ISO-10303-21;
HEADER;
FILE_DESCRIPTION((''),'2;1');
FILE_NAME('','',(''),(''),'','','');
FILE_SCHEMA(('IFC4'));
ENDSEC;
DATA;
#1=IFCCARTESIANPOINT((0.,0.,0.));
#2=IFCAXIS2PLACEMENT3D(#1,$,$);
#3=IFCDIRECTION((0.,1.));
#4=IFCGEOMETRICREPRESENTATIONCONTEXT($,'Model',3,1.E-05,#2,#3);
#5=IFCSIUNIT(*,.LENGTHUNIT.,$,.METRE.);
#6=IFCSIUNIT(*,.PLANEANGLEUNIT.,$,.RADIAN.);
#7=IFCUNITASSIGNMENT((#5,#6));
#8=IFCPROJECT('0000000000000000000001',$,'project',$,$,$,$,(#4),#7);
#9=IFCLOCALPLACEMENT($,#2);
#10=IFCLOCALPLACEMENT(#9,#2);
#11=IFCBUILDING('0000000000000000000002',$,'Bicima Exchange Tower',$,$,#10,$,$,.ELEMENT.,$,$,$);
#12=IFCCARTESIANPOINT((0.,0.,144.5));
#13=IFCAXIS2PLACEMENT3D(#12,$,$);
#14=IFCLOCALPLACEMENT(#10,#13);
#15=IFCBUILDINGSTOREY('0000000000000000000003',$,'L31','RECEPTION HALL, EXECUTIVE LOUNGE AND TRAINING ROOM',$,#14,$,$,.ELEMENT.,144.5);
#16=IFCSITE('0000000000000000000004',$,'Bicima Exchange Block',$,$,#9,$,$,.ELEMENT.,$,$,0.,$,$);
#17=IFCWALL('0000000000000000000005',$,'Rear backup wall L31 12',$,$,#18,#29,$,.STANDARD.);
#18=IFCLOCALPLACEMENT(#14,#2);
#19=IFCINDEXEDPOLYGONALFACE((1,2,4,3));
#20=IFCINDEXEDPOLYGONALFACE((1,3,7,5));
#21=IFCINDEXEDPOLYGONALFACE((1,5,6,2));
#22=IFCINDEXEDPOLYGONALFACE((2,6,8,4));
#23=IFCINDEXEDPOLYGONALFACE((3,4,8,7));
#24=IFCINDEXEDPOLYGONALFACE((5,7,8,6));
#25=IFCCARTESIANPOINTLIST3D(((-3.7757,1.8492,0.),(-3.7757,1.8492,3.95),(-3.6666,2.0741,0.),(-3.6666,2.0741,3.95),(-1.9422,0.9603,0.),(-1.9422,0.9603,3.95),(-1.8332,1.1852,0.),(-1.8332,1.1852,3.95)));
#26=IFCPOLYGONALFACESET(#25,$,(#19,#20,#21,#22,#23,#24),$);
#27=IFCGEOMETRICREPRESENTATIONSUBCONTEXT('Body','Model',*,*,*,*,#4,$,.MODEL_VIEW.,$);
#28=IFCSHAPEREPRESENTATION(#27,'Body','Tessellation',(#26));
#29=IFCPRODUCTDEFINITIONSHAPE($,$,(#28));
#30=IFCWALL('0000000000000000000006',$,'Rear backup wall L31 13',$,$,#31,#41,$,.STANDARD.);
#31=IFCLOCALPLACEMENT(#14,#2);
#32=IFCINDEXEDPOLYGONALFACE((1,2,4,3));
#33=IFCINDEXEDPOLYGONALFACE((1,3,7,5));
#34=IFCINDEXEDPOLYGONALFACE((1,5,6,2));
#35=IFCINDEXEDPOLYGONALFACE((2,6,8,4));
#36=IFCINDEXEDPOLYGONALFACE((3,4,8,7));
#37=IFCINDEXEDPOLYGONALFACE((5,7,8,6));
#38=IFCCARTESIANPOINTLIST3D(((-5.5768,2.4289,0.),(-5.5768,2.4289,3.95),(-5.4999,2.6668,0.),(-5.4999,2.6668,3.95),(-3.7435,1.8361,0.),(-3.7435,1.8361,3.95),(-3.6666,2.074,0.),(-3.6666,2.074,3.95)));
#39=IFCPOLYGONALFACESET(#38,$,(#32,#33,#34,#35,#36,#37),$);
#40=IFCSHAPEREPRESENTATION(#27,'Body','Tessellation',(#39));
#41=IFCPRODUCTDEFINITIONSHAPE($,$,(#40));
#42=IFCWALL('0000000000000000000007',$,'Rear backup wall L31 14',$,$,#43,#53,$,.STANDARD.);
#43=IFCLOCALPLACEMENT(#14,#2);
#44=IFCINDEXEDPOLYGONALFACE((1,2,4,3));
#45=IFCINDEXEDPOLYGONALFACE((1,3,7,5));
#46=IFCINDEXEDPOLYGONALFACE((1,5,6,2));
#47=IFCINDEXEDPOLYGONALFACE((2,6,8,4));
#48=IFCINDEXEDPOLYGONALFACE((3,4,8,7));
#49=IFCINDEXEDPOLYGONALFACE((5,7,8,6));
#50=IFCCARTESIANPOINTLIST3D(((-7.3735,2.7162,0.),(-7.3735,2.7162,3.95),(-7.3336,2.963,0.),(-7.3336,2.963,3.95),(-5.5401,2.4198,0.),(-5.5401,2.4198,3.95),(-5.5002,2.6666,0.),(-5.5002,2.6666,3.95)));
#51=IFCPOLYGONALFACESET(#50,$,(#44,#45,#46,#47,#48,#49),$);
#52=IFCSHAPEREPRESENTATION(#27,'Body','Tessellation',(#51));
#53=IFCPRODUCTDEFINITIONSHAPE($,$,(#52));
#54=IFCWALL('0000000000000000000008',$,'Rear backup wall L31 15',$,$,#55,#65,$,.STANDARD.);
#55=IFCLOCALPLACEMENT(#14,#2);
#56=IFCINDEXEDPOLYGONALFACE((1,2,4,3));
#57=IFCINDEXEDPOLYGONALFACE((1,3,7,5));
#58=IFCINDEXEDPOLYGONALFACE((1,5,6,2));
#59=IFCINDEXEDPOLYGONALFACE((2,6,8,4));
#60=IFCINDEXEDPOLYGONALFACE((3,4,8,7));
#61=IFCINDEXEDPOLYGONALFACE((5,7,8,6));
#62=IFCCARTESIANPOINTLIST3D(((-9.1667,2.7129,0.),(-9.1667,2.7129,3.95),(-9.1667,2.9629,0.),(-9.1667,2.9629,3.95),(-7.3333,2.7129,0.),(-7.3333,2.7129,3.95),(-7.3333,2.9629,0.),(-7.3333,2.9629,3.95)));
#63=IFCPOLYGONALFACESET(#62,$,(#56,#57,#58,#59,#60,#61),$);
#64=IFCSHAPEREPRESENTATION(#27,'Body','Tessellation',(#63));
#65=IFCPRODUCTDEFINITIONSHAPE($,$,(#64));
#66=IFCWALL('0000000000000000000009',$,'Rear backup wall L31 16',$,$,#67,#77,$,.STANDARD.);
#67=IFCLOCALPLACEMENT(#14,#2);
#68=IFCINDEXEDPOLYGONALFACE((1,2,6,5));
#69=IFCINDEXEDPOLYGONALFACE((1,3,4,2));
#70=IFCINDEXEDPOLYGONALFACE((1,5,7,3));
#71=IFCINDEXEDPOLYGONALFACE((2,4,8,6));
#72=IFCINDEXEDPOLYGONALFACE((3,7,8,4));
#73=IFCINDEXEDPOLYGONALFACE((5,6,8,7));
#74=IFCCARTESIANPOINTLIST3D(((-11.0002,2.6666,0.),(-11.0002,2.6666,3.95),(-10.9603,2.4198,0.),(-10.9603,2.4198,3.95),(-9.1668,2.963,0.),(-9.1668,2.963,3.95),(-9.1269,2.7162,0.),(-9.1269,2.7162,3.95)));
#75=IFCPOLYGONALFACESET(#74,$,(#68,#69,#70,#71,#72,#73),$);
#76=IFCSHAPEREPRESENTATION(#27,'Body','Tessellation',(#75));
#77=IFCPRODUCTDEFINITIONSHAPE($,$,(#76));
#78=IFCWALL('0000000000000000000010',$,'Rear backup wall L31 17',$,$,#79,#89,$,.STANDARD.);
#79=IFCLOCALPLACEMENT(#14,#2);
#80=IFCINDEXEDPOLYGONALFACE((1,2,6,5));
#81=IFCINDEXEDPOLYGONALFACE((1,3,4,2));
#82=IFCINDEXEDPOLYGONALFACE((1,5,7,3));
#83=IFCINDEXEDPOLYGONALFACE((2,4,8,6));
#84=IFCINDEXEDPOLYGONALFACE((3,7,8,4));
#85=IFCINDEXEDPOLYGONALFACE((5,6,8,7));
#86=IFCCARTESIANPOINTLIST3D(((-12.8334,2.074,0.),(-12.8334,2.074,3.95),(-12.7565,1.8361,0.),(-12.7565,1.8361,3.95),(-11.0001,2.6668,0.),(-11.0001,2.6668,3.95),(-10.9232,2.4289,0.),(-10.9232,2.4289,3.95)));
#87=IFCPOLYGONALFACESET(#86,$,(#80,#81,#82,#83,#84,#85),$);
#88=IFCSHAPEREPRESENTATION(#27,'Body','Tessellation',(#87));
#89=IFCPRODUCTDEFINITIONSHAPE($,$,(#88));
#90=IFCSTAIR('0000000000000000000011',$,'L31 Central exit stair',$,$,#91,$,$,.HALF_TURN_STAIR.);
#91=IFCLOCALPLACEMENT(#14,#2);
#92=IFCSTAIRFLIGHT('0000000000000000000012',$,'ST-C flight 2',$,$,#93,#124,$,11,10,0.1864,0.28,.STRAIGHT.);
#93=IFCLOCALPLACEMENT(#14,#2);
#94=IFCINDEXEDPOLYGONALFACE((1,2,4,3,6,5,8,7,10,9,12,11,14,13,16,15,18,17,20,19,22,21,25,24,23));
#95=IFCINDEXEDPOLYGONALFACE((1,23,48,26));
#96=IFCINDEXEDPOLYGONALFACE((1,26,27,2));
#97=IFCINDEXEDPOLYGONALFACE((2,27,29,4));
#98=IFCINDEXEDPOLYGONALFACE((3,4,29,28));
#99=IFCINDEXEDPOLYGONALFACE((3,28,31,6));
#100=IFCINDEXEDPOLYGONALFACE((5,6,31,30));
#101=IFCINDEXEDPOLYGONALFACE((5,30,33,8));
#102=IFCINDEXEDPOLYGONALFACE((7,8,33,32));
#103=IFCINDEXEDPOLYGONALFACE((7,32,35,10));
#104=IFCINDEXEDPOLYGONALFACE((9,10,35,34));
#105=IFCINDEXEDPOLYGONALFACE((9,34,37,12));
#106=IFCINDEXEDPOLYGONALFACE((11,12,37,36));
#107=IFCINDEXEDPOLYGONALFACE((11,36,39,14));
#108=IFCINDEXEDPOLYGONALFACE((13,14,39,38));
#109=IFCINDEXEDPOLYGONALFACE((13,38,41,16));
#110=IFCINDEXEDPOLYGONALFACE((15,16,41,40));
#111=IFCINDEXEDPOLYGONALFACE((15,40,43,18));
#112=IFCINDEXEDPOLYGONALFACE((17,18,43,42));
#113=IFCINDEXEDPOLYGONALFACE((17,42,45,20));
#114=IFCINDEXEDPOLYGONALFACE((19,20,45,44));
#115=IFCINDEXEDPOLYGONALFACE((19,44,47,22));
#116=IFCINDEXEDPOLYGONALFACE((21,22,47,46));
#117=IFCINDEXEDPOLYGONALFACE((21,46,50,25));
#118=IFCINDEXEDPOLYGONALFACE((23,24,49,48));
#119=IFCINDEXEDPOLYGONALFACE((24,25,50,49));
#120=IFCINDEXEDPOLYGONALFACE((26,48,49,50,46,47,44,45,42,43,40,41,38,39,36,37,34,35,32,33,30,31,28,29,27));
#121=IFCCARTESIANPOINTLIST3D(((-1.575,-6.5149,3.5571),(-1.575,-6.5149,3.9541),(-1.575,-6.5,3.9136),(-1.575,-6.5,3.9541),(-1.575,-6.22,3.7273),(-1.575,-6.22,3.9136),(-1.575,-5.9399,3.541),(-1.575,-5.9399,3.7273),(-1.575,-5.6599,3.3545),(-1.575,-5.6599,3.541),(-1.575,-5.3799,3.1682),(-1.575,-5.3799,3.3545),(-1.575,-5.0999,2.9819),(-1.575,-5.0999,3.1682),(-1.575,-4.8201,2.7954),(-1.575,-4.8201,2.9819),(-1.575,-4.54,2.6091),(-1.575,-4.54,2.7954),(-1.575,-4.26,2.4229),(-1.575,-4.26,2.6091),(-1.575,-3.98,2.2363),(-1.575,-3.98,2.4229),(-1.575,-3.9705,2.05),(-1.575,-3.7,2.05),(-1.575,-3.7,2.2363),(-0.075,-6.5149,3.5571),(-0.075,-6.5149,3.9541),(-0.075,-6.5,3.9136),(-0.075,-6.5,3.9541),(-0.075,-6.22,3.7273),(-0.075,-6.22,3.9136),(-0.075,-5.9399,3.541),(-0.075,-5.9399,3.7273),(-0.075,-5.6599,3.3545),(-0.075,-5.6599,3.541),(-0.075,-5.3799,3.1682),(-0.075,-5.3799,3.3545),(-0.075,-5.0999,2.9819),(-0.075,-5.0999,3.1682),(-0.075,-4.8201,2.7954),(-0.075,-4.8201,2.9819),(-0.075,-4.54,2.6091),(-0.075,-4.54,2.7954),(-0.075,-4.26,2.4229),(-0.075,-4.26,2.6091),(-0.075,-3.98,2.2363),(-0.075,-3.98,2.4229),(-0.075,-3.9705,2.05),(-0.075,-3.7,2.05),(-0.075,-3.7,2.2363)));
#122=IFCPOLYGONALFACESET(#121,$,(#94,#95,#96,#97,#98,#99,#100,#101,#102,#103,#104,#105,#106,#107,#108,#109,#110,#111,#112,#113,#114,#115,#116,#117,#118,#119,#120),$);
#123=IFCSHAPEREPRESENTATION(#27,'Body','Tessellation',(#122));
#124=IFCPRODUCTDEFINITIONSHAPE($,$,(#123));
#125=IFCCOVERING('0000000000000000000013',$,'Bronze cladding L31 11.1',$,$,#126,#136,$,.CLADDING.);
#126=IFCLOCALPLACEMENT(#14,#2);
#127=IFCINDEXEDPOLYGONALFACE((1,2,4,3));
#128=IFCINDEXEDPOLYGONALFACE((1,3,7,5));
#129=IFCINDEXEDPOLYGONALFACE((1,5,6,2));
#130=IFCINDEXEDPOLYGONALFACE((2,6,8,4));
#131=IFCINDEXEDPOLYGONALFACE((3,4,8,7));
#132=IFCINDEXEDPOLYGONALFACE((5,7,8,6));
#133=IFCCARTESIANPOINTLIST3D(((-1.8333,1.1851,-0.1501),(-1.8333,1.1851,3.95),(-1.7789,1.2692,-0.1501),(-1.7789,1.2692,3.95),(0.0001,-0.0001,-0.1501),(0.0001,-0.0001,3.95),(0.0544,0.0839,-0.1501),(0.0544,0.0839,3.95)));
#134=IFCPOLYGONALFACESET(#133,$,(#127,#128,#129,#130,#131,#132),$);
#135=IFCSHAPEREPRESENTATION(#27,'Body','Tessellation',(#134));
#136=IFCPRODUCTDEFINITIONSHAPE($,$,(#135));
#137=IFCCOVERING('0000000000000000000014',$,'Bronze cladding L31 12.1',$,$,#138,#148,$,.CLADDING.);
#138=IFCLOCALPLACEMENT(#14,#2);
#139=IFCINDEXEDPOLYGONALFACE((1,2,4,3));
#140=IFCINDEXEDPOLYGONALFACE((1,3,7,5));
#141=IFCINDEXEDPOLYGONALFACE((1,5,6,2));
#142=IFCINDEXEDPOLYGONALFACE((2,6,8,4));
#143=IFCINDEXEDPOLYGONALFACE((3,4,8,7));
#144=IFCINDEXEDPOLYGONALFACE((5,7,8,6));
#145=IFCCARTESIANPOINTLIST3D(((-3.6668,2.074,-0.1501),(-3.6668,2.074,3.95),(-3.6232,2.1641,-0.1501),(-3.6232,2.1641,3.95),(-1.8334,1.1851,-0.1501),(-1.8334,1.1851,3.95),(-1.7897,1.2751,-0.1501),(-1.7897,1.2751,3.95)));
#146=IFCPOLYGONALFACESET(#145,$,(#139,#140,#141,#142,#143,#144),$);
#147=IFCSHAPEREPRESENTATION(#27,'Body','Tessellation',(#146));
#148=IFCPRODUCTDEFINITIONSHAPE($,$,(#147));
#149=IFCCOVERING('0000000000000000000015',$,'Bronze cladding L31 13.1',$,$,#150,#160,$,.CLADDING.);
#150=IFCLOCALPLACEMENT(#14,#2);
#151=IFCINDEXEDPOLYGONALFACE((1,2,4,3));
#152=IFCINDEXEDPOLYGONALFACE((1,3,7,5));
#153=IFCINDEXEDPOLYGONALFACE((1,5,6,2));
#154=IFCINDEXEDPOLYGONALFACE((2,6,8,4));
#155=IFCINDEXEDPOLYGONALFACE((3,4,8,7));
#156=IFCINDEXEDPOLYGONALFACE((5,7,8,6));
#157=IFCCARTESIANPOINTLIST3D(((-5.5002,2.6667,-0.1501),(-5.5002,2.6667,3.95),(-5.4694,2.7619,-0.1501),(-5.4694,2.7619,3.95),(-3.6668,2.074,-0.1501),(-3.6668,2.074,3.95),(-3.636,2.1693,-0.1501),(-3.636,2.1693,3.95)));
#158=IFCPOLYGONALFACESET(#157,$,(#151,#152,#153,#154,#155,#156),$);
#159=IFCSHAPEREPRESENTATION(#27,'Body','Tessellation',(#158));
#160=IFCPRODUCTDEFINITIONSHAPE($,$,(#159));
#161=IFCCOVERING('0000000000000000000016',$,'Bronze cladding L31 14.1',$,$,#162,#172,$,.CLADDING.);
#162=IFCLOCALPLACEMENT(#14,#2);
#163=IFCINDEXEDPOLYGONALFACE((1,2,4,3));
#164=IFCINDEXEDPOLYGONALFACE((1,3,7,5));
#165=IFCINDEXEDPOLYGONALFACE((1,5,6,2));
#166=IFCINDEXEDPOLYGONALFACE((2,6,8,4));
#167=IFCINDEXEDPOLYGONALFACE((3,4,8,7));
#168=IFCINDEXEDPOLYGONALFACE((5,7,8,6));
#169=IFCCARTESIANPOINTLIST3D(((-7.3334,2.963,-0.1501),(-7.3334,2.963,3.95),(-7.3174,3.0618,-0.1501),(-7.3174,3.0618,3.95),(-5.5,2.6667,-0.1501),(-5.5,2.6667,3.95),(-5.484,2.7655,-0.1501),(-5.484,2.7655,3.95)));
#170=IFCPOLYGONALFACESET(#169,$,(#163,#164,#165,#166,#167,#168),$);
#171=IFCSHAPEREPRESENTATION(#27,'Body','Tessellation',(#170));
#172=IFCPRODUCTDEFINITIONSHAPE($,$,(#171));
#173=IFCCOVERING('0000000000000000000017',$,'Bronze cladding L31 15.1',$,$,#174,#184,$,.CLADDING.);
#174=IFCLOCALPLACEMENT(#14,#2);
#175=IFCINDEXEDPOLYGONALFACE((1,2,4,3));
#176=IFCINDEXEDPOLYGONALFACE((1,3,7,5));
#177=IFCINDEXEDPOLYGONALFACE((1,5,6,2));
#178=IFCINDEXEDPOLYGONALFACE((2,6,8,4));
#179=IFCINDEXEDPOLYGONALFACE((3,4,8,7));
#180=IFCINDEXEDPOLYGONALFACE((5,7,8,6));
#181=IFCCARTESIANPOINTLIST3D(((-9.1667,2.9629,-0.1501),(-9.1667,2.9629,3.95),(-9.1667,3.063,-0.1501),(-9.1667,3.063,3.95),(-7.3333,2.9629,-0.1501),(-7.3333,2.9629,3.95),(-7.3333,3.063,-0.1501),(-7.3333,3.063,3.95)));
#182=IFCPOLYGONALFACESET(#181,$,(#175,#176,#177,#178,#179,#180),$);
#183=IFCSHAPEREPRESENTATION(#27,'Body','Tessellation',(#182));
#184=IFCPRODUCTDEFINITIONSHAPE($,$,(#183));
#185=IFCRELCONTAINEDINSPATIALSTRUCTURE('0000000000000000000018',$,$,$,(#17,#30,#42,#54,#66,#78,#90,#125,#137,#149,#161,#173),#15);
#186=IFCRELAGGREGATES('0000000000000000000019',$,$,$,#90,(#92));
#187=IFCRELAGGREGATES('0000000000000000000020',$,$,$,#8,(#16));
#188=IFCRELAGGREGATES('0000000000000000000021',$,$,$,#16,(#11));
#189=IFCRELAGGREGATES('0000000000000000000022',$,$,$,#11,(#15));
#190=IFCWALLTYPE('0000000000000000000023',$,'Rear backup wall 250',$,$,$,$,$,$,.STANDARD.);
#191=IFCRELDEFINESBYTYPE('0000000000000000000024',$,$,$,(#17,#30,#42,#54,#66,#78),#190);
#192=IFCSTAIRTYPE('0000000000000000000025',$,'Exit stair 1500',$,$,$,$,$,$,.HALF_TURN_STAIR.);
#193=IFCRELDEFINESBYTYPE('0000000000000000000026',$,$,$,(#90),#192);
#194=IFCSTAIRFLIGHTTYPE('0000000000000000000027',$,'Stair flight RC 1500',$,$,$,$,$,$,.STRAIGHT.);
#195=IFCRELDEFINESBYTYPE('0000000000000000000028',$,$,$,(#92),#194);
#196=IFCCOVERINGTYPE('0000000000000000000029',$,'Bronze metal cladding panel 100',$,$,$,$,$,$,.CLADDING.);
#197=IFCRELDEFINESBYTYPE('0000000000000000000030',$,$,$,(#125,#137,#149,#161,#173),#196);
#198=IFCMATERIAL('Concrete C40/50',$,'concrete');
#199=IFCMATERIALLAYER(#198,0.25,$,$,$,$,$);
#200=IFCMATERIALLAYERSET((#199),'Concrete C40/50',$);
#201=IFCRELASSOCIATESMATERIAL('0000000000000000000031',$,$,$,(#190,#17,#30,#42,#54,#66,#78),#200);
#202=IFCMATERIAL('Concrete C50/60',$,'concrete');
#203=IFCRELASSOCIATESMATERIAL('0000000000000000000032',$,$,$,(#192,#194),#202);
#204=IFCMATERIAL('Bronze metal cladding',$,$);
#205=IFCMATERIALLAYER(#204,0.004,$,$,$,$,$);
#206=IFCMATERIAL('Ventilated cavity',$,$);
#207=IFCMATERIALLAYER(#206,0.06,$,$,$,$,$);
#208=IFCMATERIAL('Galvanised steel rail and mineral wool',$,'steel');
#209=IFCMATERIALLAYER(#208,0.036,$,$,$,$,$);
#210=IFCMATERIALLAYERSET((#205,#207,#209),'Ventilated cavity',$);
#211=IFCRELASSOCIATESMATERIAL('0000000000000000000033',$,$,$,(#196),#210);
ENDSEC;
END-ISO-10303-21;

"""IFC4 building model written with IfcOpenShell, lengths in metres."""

from ifc_helpers import new_model, si_unit, direction, frame, frame_2d, origin, origin_2d, place, context, subcontext, project, spatial, polyline, rectangle, outline, extrude, material, layer, layer_set, layer_usage, type_object, element, aggregate, save


model = new_model("IFC4")

# Units and contexts
model_context = context("Model", 3, precision=1e-05, world=origin(), true_north=direction((0.0, 1.0)))
body_context = subcontext(model_context, "Body", "Model", "MODEL_VIEW")
ifc_project = project(units=[si_unit("LENGTHUNIT", "METRE"), si_unit("PLANEANGLEUNIT", "RADIAN")], contexts=[model_context])

# Site, building, storey
site_placement = place(None, origin())
site = spatial("IfcSite", under=ifc_project, at=site_placement, Name="Bicima Exchange Block", CompositionType="ELEMENT", RefElevation=0.0)
building_placement = place(site_placement, origin())
building = spatial("IfcBuilding", under=site, at=building_placement, Name="Bicima Exchange Tower", CompositionType="ELEMENT")
storey_placement = place(building_placement, frame((0.0, 0.0, 144.5)))
storey = spatial("IfcBuildingStorey", under=building, at=storey_placement, Name="L31", Description="RECEPTION HALL, EXECUTIVE LOUNGE AND TRAINING ROOM", CompositionType="ELEMENT", Elevation=144.5)

# Shared definitions
ifc_material_1 = material(Name="Concrete C50/60", Category="concrete")

# Walls
ifc_material_2 = material(Name="Concrete C40/50", Category="concrete")
ifc_layer_1 = layer(ifc_material_2, 0.25)
ifc_layer_set_1 = layer_set([ifc_layer_1], Name="Concrete C40/50")
ifc_layer_usage = layer_usage(ifc_layer_set_1, "AXIS2", "POSITIVE", -0.125)
wall_type_1 = type_object("IfcWallType", Name="Rear backup wall 250", PredefinedType="STANDARD", material=ifc_layer_set_1)
wall_1_placement = place(storey_placement, frame((-1.8877, 1.0728, 0.0), z_axis=(0.0, 0.0, 1.0), x_axis=(-0.899824, 0.436253, 0.0)))
element("IfcWall", 1, at=wall_1_placement, inside=storey, type_object=wall_type_1, material=ifc_layer_usage, Name="Rear backup wall L31 12", PredefinedType="STANDARD", context=body_context, shape_type="SweptSolid", body=[
    extrude(rectangle(XDim=2.0376, YDim=0.25, at=frame_2d((1.0188, 0.0))), origin(), (0.0, 0.0, 1.0), 3.95),
])
wall_2_placement = place(storey_placement, frame((-3.7051, 1.9551, 0.0), z_axis=(0.0, 0.0, 1.0), x_axis=(-0.951496, 0.307662, 0.0)))
element("IfcWall", 2, at=wall_2_placement, inside=storey, type_object=wall_type_1, material=ifc_layer_usage, Name="Rear backup wall L31 13", PredefinedType="STANDARD", context=body_context, shape_type="SweptSolid", body=[
    extrude(rectangle(XDim=1.9268, YDim=0.25, at=frame_2d((0.9634, 0.0))), origin(), (0.0, 0.0, 1.0), 3.95),
])
wall_3_placement = place(storey_placement, frame((-5.52, 2.5432, 0.0), z_axis=(0.0, 0.0, 1.0), x_axis=(-0.987182, 0.1596, 0.0)))
element("IfcWall", 3, at=wall_3_placement, inside=storey, type_object=wall_type_1, material=ifc_layer_usage, Name="Rear backup wall L31 14", PredefinedType="STANDARD", context=body_context, shape_type="SweptSolid", body=[
    extrude(rectangle(XDim=1.8572, YDim=0.25, at=frame_2d((0.9287, 0.0))), origin(), (0.0, 0.0, 1.0), 3.95),
])
wall_4_placement = place(storey_placement, frame((-7.3333, 2.8379, 0.0), z_axis=(0.0, 0.0, 1.0), x_axis=(-1.0, 0.0, 0.0)))
element("IfcWall", 4, at=wall_4_placement, inside=storey, type_object=wall_type_1, material=ifc_layer_usage, Name="Rear backup wall L31 15", PredefinedType="STANDARD", context=body_context, shape_type="SweptSolid", body=[
    extrude(rectangle(XDim=1.8335, YDim=0.25, at=frame_2d((0.9167, 0.0))), origin(), (0.0, 0.0, 1.0), 3.95),
])
wall_5_placement = place(storey_placement, frame((-9.1467, 2.8396, 0.0), z_axis=(0.0, 0.0, 1.0), x_axis=(-0.987182, -0.1596, 0.0)))
element("IfcWall", 5, at=wall_5_placement, inside=storey, type_object=wall_type_1, material=ifc_layer_usage, Name="Rear backup wall L31 16", PredefinedType="STANDARD", context=body_context, shape_type="SweptSolid", body=[
    extrude(rectangle(XDim=1.8572, YDim=0.25, at=frame_2d((0.9287, 0.0))), origin(), (0.0, 0.0, 1.0), 3.95),
])
wall_6_placement = place(storey_placement, frame((-10.9617, 2.5479, 0.0), z_axis=(0.0, 0.0, 1.0), x_axis=(-0.951496, -0.307662, 0.0)))
element("IfcWall", 6, at=wall_6_placement, inside=storey, type_object=wall_type_1, material=ifc_layer_usage, Name="Rear backup wall L31 17", PredefinedType="STANDARD", context=body_context, shape_type="SweptSolid", body=[
    extrude(rectangle(XDim=1.9268, YDim=0.25, at=frame_2d((0.9634, 0.0))), origin(), (0.0, 0.0, 1.0), 3.95),
])

# Stair, stair flight
stair_type = type_object("IfcStairType", Name="Exit stair 1500", PredefinedType="HALF_TURN_STAIR", material=ifc_material_1)
stair_placement = place(storey_placement, origin())
stair = element("IfcStair", 7, at=stair_placement, inside=storey, type_object=stair_type, Name="L31 Central exit stair", PredefinedType="HALF_TURN_STAIR")
stair_flight_type = type_object("IfcStairFlightType", Name="Stair flight RC 1500", PredefinedType="STRAIGHT", material=ifc_material_1)
stair_flight_placement = place(storey_placement, frame((-0.825, -3.7, 2.05), z_axis=(0.0, 0.0, 1.0), x_axis=(0.0, -1.0, 0.0)))
stair_flight = element("IfcStairFlight", 8, at=stair_flight_placement, type_object=stair_flight_type, Name="ST-C flight 2", NumberOfRisers=11, NumberOfTreads=10, PredefinedType="STRAIGHT", RiserHeight=0.1864, TreadLength=0.28, context=body_context, shape_type="SweptSolid", body=[
    extrude(outline(polyline([(0.0, 0.0), (0.0, 0.1863), (0.28, 0.1863), (0.28, 0.3728), (0.5601, 0.3728), (0.5601, 0.5591), (0.8401, 0.5591), (0.8401, 0.7454), (1.1201, 0.7454), (1.1201, 0.9319), (1.3999, 0.9319), (1.3999, 1.1182), (1.6799, 1.1182), (1.6799, 1.3044), (1.96, 1.3044), (1.96, 1.491), (2.24, 1.491), (2.24, 1.6772), (2.52, 1.6772), (2.52, 1.8635), (2.8, 1.8635), (2.8, 1.9041), (2.8149, 1.9041), (2.8149, 1.5071), (0.2705, 0.0), (0.0, 0.0)])), frame((0.0, 0.75, 0.0), z_axis=(0.0, -1.0, 0.0), x_axis=(1.0, 0.0, 0.0)), (0.0, 0.0, 1.0), 1.5),
])
aggregate(stair, [stair_flight])

# Coverings
ifc_material_3 = material(Name="Bronze metal cladding")
ifc_layer_2 = layer(ifc_material_3, 0.004)
ifc_material_4 = material(Name="Ventilated cavity")
ifc_layer_3 = layer(ifc_material_4, 0.06)
ifc_material_5 = material(Name="Galvanised steel rail and mineral wool", Category="steel")
ifc_layer_4 = layer(ifc_material_5, 0.036)
ifc_layer_set_2 = layer_set([ifc_layer_2, ifc_layer_3, ifc_layer_4], Name="Ventilated cavity")
covering_type = type_object("IfcCoveringType", Name="Bronze metal cladding panel 100", PredefinedType="CLADDING", material=ifc_layer_set_2)
covering_1_placement = place(storey_placement, frame((-0.8894, 0.6345, -0.1501), z_axis=(0.0, 0.0, 1.0), x_axis=(-0.83979, 0.542911, 0.0)))
element("IfcCovering", 9, at=covering_1_placement, inside=storey, type_object=covering_type, Name="Bronze cladding L31 11.1", PredefinedType="CLADDING", context=body_context, shape_type="SweptSolid", body=[
    extrude(rectangle(XDim=2.1831, YDim=0.1001, at=origin_2d()), origin(), (0.0, 0.0, 1.0), 4.1001),
])
covering_2_placement = place(storey_placement, frame((-2.7283, 1.6746, -0.1501), z_axis=(0.0, 0.0, 1.0), x_axis=(-0.899818, 0.436265, 0.0)))
element("IfcCovering", 10, at=covering_2_placement, inside=storey, type_object=covering_type, Name="Bronze cladding L31 12.1", PredefinedType="CLADDING", context=body_context, shape_type="SweptSolid", body=[
    extrude(rectangle(XDim=2.0376, YDim=0.1001, at=origin_2d()), origin(), (0.0, 0.0, 1.0), 4.1001),
])
covering_3_placement = place(storey_placement, frame((-4.5681, 2.418, -0.1501), z_axis=(0.0, 0.0, 1.0), x_axis=(-0.951525, 0.307573, 0.0)))
element("IfcCovering", 11, at=covering_3_placement, inside=storey, type_object=covering_type, Name="Bronze cladding L31 13.1", PredefinedType="CLADDING", context=body_context, shape_type="SweptSolid", body=[
    extrude(rectangle(XDim=1.9268, YDim=0.1001, at=origin_2d()), origin(), (0.0, 0.0, 1.0), 4.1001),
])
covering_4_placement = place(storey_placement, frame((-6.4087, 2.8643, -0.1501), z_axis=(0.0, 0.0, 1.0), x_axis=(-0.98719, 0.15955, 0.0)))
element("IfcCovering", 12, at=covering_4_placement, inside=storey, type_object=covering_type, Name="Bronze cladding L31 14.1", PredefinedType="CLADDING", context=body_context, shape_type="SweptSolid", body=[
    extrude(rectangle(XDim=1.8572, YDim=0.1001, at=origin_2d()), origin(), (0.0, 0.0, 1.0), 4.1001),
])
covering_5_placement = place(storey_placement, frame((-8.25, 3.0129, -0.1501), z_axis=(0.0, 0.0, 1.0), x_axis=(-1.0, 0.0, 0.0)))
element("IfcCovering", 13, at=covering_5_placement, inside=storey, type_object=covering_type, Name="Bronze cladding L31 15.1", PredefinedType="CLADDING", context=body_context, shape_type="SweptSolid", body=[
    extrude(rectangle(XDim=1.8335, YDim=0.1001, at=origin_2d()), origin(), (0.0, 0.0, 1.0), 4.1001),
])

save(model, "model.ifc")
